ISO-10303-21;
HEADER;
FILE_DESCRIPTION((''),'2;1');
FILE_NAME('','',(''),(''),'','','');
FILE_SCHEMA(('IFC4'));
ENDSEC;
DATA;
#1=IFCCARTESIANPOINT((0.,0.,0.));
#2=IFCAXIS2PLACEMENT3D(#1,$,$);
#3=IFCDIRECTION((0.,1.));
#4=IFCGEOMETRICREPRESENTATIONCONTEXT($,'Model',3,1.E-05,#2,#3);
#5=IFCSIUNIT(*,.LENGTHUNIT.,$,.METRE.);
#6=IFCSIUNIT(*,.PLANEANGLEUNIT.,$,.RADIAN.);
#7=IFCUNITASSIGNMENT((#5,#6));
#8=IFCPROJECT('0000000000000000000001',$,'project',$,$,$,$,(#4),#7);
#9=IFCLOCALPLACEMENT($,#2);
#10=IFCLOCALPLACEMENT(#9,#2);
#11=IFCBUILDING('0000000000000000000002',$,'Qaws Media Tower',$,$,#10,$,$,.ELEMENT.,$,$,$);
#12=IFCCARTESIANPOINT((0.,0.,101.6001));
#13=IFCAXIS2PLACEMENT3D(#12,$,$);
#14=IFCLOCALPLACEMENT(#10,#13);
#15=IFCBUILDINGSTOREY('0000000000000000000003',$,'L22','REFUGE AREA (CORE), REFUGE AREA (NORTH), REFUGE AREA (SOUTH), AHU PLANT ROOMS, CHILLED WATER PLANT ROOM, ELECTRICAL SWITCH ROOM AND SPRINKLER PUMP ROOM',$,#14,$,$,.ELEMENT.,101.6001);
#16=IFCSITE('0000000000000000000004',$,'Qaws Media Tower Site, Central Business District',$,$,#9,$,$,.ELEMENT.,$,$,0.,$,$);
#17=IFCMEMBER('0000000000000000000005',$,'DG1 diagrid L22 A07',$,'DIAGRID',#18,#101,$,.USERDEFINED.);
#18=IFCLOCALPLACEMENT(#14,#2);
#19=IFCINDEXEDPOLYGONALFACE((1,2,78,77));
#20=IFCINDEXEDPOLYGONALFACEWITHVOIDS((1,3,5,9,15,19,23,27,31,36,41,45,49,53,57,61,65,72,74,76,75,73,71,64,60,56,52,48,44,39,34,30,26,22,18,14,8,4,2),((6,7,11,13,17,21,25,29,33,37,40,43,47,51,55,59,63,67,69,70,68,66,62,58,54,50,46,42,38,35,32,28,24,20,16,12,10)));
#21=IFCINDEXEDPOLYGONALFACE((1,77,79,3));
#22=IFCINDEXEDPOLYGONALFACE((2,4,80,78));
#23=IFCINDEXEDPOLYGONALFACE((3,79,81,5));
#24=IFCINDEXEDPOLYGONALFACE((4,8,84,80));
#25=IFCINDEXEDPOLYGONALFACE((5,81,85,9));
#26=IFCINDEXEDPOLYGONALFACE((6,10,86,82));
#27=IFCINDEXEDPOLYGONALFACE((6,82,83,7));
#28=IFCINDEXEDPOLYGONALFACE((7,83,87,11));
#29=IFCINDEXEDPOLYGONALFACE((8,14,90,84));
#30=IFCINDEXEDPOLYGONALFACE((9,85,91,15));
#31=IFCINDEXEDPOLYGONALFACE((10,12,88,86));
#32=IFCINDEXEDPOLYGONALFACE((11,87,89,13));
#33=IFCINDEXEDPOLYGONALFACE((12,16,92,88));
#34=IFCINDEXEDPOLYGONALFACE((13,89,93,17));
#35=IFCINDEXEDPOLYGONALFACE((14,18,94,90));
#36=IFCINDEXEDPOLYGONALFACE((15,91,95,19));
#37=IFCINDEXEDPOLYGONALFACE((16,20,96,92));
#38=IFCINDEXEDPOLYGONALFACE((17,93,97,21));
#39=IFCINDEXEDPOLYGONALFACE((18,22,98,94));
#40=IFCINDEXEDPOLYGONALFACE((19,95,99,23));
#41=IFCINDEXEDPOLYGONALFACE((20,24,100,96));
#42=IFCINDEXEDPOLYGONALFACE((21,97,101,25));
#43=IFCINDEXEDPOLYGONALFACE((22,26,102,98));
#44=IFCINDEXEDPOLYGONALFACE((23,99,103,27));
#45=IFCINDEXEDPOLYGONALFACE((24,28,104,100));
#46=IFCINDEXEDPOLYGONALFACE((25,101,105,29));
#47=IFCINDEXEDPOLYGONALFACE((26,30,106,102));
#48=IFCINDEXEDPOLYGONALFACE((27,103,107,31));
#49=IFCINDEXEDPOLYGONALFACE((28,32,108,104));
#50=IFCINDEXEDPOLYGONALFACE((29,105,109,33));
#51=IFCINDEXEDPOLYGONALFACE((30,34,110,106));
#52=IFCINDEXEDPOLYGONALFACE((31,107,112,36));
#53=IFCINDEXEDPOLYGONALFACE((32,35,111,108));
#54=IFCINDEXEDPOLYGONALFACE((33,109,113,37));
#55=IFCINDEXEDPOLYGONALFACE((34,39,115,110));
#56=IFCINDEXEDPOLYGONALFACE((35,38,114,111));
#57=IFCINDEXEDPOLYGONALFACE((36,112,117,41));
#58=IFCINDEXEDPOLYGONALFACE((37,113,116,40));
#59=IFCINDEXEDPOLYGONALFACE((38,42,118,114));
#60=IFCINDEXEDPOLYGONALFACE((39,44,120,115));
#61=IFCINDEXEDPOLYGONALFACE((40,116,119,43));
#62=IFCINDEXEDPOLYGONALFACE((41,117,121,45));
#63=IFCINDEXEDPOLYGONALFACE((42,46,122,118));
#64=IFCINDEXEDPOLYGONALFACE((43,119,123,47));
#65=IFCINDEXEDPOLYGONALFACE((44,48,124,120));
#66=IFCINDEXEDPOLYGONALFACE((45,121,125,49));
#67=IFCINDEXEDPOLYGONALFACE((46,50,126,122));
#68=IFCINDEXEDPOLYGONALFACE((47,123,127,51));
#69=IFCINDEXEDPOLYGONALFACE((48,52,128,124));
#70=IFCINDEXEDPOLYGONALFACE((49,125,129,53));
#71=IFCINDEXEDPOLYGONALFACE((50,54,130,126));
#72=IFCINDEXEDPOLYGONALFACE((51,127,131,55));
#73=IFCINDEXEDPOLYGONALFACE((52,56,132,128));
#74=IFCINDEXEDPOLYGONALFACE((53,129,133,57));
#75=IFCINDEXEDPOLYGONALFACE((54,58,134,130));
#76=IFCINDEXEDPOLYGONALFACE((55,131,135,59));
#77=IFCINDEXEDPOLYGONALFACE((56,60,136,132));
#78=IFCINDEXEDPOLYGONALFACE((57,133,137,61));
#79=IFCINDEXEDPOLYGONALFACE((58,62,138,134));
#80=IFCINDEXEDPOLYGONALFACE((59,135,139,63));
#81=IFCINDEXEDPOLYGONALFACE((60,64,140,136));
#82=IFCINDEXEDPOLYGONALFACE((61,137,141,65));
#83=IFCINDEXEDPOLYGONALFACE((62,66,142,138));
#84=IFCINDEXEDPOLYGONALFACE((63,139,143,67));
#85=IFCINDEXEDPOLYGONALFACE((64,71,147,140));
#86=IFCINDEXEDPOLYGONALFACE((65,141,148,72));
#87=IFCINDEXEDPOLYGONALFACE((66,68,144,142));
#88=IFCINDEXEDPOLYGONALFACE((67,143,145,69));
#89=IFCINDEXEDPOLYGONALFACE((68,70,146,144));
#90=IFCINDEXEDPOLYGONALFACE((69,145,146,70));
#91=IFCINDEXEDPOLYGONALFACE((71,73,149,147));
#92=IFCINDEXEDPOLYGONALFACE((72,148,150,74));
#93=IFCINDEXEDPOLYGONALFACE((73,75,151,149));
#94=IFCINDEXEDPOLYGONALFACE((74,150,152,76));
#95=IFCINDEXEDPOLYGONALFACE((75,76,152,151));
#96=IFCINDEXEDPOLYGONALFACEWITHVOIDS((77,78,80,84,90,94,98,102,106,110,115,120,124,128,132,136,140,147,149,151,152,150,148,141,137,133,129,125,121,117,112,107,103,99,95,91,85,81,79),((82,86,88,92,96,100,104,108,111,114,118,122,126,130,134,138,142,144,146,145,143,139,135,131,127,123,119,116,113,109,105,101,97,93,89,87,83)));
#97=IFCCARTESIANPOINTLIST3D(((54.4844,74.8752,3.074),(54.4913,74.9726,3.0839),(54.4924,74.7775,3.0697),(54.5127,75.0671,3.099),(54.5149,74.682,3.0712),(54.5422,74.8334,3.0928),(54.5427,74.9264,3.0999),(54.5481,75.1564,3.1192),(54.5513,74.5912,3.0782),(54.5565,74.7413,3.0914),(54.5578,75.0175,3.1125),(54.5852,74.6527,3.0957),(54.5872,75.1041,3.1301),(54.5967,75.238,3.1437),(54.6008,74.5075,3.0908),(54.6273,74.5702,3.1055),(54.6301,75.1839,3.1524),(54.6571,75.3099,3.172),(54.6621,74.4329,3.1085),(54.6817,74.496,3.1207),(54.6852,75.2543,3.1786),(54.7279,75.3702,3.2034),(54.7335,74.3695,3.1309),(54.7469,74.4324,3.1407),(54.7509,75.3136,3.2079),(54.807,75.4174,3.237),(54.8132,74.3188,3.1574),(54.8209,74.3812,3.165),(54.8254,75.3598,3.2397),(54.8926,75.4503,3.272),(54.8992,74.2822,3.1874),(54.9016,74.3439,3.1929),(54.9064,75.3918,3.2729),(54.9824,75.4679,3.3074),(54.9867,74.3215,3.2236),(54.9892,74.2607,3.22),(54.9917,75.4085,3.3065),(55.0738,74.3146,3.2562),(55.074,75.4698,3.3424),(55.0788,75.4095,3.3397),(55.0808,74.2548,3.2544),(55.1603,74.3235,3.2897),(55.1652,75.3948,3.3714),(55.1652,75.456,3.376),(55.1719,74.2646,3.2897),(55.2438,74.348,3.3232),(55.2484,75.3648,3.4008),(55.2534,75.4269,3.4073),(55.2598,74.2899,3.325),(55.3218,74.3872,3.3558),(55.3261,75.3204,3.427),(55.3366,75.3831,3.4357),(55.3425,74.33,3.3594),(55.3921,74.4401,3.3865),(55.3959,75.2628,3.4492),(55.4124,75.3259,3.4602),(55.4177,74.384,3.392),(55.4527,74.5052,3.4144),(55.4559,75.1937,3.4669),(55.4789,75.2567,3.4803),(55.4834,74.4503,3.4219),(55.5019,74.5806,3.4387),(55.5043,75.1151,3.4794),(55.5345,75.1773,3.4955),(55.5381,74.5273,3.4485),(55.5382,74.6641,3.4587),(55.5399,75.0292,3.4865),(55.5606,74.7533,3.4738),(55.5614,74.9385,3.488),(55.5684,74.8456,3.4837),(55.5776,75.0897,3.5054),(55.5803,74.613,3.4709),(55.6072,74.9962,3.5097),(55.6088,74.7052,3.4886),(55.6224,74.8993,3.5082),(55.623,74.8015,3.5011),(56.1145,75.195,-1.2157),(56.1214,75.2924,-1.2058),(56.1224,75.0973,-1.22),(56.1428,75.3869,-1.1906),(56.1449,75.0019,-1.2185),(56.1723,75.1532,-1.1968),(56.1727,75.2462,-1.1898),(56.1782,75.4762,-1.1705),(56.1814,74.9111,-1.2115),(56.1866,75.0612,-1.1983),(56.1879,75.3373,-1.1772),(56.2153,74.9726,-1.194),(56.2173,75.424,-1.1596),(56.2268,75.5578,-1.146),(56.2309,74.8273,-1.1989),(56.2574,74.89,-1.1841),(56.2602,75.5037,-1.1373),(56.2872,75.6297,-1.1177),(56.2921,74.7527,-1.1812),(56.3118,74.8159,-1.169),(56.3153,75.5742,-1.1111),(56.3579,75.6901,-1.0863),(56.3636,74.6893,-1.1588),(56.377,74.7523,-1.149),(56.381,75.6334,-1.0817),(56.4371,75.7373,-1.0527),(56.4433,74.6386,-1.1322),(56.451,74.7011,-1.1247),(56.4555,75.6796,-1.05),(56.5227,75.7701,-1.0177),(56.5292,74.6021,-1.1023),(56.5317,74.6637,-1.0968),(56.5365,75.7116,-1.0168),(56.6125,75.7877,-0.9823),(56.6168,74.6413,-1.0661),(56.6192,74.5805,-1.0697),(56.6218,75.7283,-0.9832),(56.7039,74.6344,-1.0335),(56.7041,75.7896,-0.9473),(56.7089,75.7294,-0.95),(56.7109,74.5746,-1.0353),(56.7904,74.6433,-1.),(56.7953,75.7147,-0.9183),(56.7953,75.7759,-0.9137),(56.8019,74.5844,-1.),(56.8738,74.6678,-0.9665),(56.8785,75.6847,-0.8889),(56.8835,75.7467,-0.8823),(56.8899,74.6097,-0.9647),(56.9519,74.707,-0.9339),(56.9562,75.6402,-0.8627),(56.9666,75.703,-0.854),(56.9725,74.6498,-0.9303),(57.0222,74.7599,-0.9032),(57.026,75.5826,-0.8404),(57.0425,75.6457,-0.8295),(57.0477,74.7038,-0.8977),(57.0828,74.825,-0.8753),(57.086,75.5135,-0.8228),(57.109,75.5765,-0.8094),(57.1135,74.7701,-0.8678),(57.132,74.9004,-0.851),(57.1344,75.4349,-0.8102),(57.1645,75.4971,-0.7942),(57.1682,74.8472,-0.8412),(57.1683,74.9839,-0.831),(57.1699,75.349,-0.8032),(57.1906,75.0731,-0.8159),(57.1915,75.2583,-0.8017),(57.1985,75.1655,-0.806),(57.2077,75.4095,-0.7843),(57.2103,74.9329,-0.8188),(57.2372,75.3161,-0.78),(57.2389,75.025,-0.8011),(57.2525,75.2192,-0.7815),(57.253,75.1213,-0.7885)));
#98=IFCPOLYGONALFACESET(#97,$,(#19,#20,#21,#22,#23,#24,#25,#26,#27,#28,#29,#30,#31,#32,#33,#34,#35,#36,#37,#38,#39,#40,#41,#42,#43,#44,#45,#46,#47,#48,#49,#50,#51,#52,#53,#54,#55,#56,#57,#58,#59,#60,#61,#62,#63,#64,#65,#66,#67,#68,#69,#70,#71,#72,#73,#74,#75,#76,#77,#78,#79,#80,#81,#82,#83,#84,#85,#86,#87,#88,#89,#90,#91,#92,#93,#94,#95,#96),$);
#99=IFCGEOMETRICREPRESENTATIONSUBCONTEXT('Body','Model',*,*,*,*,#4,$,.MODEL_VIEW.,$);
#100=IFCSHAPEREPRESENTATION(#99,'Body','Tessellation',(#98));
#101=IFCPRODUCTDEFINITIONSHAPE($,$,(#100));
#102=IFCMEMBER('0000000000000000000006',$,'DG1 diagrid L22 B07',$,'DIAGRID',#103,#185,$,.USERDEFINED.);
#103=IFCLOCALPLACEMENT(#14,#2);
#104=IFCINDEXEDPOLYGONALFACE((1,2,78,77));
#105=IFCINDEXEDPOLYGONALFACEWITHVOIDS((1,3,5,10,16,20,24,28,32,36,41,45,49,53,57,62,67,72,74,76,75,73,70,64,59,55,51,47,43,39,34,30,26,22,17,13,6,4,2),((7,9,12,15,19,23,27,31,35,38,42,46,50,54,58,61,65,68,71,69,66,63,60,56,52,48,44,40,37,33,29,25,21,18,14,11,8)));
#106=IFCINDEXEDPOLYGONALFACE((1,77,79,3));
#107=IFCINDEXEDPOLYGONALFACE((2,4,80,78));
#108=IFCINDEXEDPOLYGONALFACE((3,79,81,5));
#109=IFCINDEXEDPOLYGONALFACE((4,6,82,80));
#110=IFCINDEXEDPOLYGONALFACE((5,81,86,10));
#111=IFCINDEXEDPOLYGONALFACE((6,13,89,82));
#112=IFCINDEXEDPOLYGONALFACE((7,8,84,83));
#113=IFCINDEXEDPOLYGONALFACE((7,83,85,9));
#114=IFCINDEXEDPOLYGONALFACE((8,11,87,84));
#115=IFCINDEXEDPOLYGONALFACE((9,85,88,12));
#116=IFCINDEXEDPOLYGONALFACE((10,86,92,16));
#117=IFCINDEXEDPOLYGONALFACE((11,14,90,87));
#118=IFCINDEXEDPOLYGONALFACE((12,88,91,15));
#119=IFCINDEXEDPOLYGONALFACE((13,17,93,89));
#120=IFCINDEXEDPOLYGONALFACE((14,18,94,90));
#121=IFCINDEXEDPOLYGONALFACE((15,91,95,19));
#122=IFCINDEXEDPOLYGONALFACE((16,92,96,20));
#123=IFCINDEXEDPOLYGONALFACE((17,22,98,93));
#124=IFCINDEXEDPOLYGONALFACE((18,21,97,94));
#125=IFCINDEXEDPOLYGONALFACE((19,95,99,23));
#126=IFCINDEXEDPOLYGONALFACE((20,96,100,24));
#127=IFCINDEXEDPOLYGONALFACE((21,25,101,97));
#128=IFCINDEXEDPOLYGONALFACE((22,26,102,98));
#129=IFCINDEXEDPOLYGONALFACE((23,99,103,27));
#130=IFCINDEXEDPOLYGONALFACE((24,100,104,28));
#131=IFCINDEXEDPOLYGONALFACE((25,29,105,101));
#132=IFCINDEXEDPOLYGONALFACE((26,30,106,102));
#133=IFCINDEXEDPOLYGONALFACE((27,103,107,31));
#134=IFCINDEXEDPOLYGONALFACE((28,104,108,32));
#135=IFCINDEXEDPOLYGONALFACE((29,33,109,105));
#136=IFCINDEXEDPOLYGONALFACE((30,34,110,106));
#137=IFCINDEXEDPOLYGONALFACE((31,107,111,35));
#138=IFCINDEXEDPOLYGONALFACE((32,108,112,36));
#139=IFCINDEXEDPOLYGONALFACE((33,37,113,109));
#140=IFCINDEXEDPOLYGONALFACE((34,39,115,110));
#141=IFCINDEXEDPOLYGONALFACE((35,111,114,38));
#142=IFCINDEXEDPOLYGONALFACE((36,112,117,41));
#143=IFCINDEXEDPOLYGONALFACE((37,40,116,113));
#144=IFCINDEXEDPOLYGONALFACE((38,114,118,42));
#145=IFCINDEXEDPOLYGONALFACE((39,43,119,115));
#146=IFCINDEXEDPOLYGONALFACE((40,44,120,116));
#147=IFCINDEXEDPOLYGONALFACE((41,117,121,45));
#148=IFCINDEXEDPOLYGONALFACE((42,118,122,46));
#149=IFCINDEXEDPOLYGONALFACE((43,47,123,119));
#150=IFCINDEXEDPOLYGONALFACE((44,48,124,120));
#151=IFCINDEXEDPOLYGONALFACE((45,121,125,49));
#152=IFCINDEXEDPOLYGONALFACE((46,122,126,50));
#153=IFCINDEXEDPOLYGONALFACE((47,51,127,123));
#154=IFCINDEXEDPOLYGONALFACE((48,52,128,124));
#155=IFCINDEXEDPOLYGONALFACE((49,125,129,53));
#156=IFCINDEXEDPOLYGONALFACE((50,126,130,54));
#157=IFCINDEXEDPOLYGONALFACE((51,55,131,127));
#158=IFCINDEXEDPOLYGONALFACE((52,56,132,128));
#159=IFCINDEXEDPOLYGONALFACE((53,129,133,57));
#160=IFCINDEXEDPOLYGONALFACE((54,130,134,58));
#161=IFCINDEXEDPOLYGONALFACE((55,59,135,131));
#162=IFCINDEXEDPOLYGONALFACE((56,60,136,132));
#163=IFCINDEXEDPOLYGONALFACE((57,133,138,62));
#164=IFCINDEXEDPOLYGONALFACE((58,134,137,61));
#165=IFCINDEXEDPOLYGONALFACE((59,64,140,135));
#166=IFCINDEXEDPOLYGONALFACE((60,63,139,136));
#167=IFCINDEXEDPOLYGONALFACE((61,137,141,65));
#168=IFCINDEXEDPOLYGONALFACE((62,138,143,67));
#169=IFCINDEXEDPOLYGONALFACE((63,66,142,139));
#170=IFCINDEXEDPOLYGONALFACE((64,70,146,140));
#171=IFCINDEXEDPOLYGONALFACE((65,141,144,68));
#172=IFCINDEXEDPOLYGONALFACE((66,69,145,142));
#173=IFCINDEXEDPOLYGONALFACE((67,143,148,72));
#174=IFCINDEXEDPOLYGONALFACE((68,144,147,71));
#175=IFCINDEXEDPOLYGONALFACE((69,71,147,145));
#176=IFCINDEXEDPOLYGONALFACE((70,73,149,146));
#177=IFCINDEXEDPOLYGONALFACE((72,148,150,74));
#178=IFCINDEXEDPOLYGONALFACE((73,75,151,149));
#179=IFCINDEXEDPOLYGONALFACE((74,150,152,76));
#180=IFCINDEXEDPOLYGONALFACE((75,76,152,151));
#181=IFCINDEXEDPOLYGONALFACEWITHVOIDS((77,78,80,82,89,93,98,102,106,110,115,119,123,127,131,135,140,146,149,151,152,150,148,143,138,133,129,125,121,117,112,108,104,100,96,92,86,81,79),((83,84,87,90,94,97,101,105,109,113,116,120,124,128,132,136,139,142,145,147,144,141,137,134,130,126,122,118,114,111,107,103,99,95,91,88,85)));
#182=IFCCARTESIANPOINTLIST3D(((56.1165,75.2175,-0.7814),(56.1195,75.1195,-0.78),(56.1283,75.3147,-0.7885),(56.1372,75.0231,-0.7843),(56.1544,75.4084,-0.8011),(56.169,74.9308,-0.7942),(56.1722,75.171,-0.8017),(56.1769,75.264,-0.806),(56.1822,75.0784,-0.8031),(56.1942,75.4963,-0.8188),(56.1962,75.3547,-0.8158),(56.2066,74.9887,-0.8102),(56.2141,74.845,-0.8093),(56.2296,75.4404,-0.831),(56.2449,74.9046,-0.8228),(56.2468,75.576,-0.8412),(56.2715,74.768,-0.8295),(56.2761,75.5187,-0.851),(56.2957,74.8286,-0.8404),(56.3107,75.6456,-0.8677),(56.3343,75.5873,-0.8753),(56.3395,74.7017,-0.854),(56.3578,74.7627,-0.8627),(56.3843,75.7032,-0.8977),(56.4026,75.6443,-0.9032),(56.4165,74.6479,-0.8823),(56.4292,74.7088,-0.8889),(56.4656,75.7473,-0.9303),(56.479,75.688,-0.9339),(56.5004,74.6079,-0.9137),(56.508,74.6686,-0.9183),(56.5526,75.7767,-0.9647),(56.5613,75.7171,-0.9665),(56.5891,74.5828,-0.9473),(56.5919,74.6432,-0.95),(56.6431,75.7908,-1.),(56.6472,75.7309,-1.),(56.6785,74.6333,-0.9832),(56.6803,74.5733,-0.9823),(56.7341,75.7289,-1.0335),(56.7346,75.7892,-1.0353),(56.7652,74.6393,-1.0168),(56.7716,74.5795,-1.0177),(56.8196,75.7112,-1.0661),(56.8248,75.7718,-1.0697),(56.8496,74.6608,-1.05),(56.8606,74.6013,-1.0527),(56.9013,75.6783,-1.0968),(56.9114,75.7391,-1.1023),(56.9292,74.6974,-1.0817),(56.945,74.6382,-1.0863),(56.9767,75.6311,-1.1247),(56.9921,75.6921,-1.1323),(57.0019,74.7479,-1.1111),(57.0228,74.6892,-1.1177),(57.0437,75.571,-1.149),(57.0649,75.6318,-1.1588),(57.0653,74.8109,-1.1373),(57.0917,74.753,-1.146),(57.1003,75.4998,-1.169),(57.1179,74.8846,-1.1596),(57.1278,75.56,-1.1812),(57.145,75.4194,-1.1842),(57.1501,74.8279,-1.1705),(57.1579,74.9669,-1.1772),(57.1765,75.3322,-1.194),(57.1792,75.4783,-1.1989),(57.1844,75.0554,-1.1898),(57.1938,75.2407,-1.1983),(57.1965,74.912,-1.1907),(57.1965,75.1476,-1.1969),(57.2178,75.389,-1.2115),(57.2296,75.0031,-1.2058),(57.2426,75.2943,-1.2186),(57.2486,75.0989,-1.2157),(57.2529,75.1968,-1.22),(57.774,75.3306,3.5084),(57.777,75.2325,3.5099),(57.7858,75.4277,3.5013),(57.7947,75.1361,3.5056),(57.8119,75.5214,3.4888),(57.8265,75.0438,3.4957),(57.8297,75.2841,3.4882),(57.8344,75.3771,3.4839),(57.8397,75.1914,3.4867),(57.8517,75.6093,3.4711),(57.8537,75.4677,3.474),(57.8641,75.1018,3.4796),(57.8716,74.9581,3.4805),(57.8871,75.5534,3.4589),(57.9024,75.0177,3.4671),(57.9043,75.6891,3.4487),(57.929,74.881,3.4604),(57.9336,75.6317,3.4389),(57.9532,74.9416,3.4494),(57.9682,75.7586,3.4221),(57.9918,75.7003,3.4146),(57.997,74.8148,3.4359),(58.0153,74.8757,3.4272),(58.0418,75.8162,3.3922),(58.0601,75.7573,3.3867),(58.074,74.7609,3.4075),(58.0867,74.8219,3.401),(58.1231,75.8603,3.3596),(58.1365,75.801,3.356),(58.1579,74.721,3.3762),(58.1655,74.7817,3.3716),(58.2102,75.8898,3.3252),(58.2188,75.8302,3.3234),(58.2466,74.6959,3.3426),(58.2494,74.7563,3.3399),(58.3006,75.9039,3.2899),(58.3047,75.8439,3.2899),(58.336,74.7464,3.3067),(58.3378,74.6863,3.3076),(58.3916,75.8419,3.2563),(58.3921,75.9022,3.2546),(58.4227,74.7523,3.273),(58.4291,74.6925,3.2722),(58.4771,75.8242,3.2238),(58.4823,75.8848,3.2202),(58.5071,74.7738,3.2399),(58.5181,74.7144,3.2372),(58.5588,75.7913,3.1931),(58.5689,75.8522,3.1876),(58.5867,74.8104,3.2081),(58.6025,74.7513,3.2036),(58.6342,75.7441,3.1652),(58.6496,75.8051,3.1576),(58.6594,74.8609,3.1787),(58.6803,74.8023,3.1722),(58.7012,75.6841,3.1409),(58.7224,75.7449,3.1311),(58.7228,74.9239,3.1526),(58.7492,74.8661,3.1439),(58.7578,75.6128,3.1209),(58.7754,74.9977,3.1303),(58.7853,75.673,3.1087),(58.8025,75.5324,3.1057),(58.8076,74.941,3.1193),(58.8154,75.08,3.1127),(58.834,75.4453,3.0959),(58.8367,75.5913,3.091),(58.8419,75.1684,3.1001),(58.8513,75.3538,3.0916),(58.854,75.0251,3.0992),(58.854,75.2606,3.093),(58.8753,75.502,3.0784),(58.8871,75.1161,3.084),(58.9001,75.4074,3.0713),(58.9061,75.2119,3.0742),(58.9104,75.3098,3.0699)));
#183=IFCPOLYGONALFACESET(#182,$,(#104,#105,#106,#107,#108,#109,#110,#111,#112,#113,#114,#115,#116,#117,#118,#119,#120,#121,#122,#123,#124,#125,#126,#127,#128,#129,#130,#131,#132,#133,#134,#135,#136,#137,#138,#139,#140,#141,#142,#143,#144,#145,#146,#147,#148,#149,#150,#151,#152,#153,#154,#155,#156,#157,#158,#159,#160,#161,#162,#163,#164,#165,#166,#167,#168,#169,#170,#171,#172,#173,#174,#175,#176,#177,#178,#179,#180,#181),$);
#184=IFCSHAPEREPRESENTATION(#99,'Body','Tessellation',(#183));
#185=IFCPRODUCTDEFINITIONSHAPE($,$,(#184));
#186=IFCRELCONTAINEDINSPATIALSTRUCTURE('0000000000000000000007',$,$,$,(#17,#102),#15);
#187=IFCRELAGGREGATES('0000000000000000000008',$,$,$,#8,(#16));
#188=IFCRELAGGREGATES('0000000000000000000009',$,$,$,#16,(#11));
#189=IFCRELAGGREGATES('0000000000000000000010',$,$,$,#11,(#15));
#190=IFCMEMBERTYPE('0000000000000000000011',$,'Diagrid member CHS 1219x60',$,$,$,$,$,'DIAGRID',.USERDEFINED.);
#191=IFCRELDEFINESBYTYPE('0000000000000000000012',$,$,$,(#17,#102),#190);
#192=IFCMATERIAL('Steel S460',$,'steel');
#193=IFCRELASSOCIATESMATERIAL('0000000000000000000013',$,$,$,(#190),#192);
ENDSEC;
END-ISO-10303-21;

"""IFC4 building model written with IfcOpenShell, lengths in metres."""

from ifc_helpers import new_model, si_unit, direction, frame, origin, origin_2d, place, context, subcontext, project, spatial, hollow_circle, extrude, material, material_profile, profile_set, type_object, element, save


model = new_model("IFC4")

# Units and contexts
model_context = context("Model", 3, precision=1e-05, world=origin(), true_north=direction((0.0, 1.0)))
body_context = subcontext(model_context, "Body", "Model", "MODEL_VIEW")
ifc_project = project(units=[si_unit("LENGTHUNIT", "METRE"), si_unit("PLANEANGLEUNIT", "RADIAN")], contexts=[model_context])

# Site, building, storey
site_placement = place(None, origin())
site = spatial("IfcSite", under=ifc_project, at=site_placement, Name="Qaws Media Tower Site, Central Business District", CompositionType="ELEMENT", RefElevation=0.0)
building_placement = place(site_placement, origin())
building = spatial("IfcBuilding", under=site, at=building_placement, Name="Qaws Media Tower", CompositionType="ELEMENT")
storey_placement = place(building_placement, frame((0.0, 0.0, 101.6001)))
storey = spatial("IfcBuildingStorey", under=building, at=storey_placement, Name="L22", Description="REFUGE AREA (CORE), REFUGE AREA (NORTH), REFUGE AREA (SOUTH), AHU PLANT ROOMS, CHILLED WATER PLANT ROOM, ELECTRICAL SWITCH ROOM AND SPRINKLER PUMP ROOM", CompositionType="ELEMENT", Elevation=101.6001)

# Members
ifc_material_1 = material(Name="Steel S460", Category="steel")
ifc_material_profile_1 = material_profile(ifc_material_1, hollow_circle(Radius=0.6096, WallThickness=0.0601, at=origin_2d()), Name="CHS 1219x60")
ifc_profile_set_1 = profile_set([ifc_material_profile_1], Name="Steel S460")
member_type_1 = type_object("IfcMemberType", Name="Diagrid member CHS 1219x60", ElementType="DIAGRID", PredefinedType="USERDEFINED", material=ifc_profile_set_1)
for number, where, z_axis, x_axis, name in (
    (1, (56.6846, 75.1826, -1.0), (-0.354359, -0.069524, 0.932521), (0.192525, -0.981292, 0.0), "DG1 diagrid L22 A07"),
):
    element("IfcMember", number, at=place(storey_placement, frame(where, z_axis=z_axis, x_axis=x_axis)), inside=storey, type_object=member_type_1, Name=name, ObjectType="DIAGRID", PredefinedType="USERDEFINED", context=body_context, shape_type="SweptSolid", body=[
        extrude(hollow_circle(Radius=0.6096, WallThickness=0.0601, at=origin_2d()), origin(), (0.0, 0.0, 1.0), 4.6001),
    ])
member_1_placement = place(storey_placement, frame((56.6846, 75.1826, -1.0), z_axis=(0.3603, 0.024572, 0.932513), x_axis=(-0.068041, 0.997683, 0.0)))
element("IfcMember", 2, at=member_1_placement, inside=storey, type_object=member_type_1, Name="DG1 diagrid L22 B07", ObjectType="DIAGRID", PredefinedType="USERDEFINED", context=body_context, shape_type="SweptSolid", body=[
    extrude(hollow_circle(Radius=0.6096, WallThickness=0.0601, at=origin_2d()), origin(), (0.0, 0.0, 1.0), 4.6003),
])

save(model, "model.ifc")
